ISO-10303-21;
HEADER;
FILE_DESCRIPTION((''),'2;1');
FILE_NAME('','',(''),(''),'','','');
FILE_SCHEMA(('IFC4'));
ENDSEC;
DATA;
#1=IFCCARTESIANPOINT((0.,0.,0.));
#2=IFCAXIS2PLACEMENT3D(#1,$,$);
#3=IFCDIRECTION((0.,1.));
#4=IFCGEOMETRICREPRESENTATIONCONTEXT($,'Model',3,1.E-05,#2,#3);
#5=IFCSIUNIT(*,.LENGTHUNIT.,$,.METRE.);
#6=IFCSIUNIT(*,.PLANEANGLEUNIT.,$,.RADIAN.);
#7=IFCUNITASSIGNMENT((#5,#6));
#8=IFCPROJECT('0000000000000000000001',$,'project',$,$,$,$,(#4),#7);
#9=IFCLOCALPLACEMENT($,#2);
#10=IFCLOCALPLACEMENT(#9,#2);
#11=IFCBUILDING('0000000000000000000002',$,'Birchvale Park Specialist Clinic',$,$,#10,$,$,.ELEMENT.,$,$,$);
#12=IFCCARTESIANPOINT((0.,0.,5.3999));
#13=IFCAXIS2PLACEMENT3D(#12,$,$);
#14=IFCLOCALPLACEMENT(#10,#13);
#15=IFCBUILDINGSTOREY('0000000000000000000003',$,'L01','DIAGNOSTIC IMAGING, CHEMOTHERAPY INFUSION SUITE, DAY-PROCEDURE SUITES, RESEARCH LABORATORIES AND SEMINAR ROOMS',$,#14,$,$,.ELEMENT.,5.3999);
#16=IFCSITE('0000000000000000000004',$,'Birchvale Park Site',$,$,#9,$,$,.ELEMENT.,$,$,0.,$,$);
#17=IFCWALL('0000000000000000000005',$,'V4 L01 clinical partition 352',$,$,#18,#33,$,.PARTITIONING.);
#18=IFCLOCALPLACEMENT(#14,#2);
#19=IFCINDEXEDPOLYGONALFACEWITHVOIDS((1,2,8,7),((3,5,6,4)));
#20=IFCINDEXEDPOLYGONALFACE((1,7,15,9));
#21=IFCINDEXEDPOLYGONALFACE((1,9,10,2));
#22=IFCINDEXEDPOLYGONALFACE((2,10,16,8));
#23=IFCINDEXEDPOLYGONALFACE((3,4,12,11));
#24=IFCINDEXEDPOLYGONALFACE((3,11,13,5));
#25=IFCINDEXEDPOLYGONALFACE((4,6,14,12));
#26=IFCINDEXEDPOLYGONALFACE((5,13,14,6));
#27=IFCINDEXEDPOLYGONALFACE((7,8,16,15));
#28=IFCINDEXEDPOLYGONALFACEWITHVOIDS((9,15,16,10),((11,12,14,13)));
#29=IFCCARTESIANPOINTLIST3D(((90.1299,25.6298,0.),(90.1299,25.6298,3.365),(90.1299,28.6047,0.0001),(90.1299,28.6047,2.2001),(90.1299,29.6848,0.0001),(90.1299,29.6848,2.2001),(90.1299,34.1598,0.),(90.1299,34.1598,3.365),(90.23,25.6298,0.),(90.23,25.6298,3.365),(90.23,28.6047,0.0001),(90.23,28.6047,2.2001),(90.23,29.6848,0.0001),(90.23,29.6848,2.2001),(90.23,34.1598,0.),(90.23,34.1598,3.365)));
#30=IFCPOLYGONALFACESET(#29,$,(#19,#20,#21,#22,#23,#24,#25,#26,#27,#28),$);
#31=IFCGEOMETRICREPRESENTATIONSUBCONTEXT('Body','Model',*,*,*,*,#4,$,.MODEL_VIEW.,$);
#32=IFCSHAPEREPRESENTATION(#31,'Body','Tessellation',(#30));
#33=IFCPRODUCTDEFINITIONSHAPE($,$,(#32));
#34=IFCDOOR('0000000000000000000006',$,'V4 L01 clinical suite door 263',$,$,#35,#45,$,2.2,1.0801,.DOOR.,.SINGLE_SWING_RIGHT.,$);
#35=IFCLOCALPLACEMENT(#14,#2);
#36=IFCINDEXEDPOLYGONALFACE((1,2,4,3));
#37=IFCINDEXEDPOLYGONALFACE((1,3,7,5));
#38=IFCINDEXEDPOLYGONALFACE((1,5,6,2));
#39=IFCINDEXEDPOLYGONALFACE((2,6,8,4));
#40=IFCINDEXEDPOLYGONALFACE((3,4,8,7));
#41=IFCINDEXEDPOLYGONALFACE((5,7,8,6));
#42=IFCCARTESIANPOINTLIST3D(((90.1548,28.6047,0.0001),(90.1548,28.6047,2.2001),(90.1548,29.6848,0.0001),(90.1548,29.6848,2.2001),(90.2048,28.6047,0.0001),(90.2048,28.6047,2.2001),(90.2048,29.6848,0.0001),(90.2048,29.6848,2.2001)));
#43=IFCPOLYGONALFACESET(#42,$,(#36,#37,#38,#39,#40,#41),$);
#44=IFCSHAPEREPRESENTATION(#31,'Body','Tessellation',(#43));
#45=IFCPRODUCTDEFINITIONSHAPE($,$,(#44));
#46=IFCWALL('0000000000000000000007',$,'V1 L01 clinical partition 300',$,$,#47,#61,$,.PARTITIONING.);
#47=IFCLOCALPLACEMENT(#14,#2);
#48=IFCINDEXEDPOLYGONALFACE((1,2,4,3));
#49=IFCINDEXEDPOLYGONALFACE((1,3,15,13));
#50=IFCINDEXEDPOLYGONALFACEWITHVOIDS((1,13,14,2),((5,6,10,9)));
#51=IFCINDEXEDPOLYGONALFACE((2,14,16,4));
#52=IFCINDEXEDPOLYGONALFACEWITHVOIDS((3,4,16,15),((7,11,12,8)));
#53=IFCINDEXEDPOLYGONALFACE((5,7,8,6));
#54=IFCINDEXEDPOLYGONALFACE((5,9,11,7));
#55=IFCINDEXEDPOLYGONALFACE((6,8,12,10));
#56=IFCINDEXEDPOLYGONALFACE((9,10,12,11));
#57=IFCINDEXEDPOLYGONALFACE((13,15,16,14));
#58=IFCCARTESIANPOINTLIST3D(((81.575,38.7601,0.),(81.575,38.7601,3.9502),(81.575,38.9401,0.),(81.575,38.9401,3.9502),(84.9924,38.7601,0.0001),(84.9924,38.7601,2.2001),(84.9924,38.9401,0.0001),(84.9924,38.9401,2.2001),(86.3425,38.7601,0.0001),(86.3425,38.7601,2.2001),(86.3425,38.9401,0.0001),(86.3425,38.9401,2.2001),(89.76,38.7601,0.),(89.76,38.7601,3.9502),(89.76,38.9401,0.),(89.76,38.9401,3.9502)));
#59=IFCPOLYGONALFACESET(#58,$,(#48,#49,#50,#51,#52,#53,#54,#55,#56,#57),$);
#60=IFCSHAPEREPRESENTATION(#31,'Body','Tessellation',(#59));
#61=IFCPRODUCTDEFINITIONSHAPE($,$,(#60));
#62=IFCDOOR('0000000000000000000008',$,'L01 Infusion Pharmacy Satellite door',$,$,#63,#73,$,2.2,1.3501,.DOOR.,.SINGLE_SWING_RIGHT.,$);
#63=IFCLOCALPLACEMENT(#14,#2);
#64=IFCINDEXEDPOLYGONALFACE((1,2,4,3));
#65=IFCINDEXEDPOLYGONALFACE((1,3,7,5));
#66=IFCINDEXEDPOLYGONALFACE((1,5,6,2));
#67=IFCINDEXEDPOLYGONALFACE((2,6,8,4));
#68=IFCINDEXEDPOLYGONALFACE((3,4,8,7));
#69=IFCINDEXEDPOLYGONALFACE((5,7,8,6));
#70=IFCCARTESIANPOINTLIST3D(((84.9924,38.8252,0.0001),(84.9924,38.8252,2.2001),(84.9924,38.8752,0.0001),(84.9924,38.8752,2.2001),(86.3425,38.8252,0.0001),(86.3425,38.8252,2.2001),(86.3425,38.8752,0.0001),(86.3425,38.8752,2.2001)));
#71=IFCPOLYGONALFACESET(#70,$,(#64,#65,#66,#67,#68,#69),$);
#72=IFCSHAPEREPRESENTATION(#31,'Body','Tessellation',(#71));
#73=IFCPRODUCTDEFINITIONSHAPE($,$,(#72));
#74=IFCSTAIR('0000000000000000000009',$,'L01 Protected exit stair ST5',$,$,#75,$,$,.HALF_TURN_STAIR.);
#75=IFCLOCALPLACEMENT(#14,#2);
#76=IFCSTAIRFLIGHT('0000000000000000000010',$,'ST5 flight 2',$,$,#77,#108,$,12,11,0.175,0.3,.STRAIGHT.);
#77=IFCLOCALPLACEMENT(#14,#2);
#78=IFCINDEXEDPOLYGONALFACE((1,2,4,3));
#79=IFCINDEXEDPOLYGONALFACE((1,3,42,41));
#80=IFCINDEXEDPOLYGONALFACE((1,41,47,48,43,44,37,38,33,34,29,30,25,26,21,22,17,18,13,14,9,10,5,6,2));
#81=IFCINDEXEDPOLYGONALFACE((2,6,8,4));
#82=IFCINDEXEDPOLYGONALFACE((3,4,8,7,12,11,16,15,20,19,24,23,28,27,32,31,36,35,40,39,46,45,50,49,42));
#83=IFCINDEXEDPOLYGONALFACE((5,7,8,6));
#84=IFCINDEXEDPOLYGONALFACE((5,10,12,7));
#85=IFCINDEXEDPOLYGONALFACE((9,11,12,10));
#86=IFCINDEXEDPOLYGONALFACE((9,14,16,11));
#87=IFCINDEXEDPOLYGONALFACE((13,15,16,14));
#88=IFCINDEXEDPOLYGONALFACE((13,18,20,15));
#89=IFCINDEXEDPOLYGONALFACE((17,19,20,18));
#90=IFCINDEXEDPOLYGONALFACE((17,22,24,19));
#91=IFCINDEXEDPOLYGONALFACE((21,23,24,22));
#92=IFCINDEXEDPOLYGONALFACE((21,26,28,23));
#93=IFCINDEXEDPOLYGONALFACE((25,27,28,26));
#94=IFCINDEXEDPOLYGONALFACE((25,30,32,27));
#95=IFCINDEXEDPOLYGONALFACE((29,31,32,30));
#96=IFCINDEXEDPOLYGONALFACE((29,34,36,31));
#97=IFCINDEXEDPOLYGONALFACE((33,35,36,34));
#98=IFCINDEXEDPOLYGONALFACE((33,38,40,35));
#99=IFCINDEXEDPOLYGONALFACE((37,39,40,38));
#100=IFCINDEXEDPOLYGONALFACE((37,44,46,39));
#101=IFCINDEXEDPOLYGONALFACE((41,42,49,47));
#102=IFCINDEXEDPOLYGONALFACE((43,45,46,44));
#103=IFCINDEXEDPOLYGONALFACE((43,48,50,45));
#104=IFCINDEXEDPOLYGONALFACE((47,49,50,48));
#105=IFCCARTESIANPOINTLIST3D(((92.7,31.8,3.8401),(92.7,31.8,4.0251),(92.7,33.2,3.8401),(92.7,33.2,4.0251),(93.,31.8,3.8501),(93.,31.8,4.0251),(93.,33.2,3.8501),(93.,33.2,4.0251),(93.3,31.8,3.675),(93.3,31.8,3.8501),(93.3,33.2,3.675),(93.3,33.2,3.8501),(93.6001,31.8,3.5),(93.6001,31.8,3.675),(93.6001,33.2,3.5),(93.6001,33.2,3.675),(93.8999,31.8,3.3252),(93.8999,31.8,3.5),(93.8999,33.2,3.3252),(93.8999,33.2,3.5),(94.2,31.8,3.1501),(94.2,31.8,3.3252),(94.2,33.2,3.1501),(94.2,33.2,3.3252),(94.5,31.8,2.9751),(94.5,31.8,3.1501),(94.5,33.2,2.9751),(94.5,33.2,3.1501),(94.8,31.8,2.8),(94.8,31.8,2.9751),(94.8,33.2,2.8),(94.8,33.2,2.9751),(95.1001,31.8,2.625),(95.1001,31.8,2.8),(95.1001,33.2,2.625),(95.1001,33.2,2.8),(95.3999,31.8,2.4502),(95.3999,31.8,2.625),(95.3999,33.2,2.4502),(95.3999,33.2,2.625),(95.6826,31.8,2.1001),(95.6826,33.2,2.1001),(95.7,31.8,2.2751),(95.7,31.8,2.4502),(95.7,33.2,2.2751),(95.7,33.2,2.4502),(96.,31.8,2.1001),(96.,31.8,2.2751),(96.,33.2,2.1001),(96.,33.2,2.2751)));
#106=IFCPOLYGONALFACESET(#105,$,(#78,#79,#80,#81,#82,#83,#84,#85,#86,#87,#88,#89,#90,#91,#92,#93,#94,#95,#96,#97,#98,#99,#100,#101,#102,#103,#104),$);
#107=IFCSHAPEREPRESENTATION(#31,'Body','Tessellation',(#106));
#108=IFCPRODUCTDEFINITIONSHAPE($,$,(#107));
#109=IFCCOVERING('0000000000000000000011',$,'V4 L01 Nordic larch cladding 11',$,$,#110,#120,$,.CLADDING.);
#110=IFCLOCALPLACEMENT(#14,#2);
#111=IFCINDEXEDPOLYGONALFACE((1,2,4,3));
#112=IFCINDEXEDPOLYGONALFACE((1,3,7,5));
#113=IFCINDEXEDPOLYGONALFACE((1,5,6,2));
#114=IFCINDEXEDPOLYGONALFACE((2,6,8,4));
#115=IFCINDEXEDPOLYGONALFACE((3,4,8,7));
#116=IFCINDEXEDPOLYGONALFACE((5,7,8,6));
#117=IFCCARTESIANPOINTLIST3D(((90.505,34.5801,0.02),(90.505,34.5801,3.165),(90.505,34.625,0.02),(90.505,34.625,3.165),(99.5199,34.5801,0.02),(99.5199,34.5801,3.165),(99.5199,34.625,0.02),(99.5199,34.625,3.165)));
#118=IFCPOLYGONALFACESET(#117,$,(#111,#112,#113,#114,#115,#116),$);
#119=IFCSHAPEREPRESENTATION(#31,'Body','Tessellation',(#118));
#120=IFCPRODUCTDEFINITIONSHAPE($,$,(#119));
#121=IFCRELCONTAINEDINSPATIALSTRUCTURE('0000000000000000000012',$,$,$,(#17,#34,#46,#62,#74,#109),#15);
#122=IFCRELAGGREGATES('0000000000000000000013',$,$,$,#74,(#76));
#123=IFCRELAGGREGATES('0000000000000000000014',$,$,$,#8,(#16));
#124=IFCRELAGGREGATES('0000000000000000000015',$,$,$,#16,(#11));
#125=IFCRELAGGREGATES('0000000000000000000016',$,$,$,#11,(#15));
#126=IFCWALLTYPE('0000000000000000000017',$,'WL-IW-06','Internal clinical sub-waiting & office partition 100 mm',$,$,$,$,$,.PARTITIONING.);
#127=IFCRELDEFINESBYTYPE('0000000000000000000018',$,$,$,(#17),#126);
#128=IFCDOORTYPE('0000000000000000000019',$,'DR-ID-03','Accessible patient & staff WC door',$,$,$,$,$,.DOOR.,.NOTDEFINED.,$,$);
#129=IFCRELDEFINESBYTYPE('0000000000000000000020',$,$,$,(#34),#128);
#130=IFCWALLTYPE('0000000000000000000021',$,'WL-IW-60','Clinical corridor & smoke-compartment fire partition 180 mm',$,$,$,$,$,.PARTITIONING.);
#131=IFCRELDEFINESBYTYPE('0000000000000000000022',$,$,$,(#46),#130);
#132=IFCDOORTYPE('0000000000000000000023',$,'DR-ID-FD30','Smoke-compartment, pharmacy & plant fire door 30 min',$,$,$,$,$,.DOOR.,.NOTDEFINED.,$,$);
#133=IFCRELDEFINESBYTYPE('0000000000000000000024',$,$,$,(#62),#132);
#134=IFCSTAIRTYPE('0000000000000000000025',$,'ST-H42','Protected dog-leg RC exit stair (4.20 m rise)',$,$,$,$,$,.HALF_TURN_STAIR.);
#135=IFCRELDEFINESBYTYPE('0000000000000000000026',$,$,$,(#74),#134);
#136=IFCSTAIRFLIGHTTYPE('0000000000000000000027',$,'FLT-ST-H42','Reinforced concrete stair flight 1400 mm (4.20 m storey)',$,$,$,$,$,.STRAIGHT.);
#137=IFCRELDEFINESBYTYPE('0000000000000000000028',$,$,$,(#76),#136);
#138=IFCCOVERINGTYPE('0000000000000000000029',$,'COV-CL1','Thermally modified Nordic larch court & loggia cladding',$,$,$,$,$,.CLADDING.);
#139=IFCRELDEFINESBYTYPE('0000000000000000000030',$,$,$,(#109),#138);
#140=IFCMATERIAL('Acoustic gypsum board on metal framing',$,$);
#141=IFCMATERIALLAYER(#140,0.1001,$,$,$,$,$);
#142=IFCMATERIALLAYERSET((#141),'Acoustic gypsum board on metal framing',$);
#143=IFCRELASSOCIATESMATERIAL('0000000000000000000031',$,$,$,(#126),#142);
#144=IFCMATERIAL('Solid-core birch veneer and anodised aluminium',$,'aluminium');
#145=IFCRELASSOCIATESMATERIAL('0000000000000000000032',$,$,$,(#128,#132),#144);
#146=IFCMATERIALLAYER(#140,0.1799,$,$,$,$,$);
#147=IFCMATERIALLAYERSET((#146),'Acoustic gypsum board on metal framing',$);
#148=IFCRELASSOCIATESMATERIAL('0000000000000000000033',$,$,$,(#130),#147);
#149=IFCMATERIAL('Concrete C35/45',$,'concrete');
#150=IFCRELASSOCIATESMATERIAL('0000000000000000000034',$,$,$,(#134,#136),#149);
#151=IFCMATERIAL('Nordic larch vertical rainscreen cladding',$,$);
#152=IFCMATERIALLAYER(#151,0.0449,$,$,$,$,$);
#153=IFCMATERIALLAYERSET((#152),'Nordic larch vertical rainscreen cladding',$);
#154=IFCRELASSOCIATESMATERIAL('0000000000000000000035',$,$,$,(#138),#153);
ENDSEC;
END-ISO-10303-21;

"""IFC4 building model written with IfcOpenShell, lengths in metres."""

from ifc_helpers import new_model, si_unit, direction, frame, frame_2d, origin, origin_2d, place, context, subcontext, project, spatial, polyline, rectangle, outline, extrude, material, layer, layer_set, type_object, element, fill, aggregate, save


model = new_model("IFC4")

# Units and contexts
model_context = context("Model", 3, precision=1e-05, world=origin(), true_north=direction((0.0, 1.0)))
body_context = subcontext(model_context, "Body", "Model", "MODEL_VIEW")
ifc_project = project(units=[si_unit("LENGTHUNIT", "METRE"), si_unit("PLANEANGLEUNIT", "RADIAN")], contexts=[model_context])

# Site, building, storey
site_placement = place(None, origin())
site = spatial("IfcSite", under=ifc_project, at=site_placement, Name="Birchvale Park Site", CompositionType="ELEMENT", RefElevation=0.0)
building_placement = place(site_placement, origin())
building = spatial("IfcBuilding", under=site, at=building_placement, Name="Birchvale Park Specialist Clinic", CompositionType="ELEMENT")
storey_placement = place(building_placement, frame((0.0, 0.0, 5.3999)))
storey = spatial("IfcBuildingStorey", under=building, at=storey_placement, Name="L01", Description="DIAGNOSTIC IMAGING, CHEMOTHERAPY INFUSION SUITE, DAY-PROCEDURE SUITES, RESEARCH LABORATORIES AND SEMINAR ROOMS", CompositionType="ELEMENT", Elevation=5.3999)

# Walls, openings, doors
ifc_material_1 = material(Name="Acoustic gypsum board on metal framing")
ifc_layer_1 = layer(ifc_material_1, 0.1001)
ifc_layer_set_1 = layer_set([ifc_layer_1], Name="Acoustic gypsum board on metal framing")
wall_type_1 = type_object("IfcWallType", Name="WL-IW-06", Description="Internal clinical sub-waiting & office partition 100 mm", PredefinedType="PARTITIONING", material=ifc_layer_set_1)
wall_1_placement = place(storey_placement, frame((90.1799, 34.1599, 0.0), z_axis=(0.0, 0.0, 1.0), x_axis=(0.0, -1.0, 0.0)))
wall_1 = element("IfcWall", 1, at=wall_1_placement, inside=storey, type_object=wall_type_1, Name="V4 L01 clinical partition 352", PredefinedType="PARTITIONING", context=body_context, shape_type="SweptSolid", body=[
    extrude(rectangle(XDim=8.53, YDim=0.1001, at=frame_2d((4.2651, 0.0))), origin(), (0.0, 0.0, 1.0), 3.365),
])
opening_1_placement = place(wall_1_placement, frame((4.4751, 0.0, 0.0)))
opening_1 = element("IfcOpeningElement", 2, at=opening_1_placement, cuts=wall_1, PredefinedType="OPENING", context=body_context, shape_type="SweptSolid", body=[
    extrude(rectangle(XDim=1.0801, YDim=2.2, at=frame_2d((0.54, 1.1001))), frame((0.0, 0.0601, 0.0), z_axis=(0.0, -1.0, 0.0), x_axis=(1.0, 0.0, 0.0)), (0.0, 0.0, 1.0), 0.1201),
])
ifc_material_2 = material(Name="Solid-core birch veneer and anodised aluminium", Category="aluminium")
door_type_1 = type_object("IfcDoorType", Name="DR-ID-03", Description="Accessible patient & staff WC door", OperationType="NOTDEFINED", PredefinedType="DOOR", material=ifc_material_2)
door_1_placement = place(opening_1_placement, origin())
door_1 = element("IfcDoor", 3, at=door_1_placement, inside=storey, type_object=door_type_1, Name="V4 L01 clinical suite door 263", OperationType="SINGLE_SWING_RIGHT", OverallHeight=2.2, OverallWidth=1.0801, PredefinedType="DOOR", context=body_context, shape_type="SweptSolid", body=[
    extrude(rectangle(XDim=1.0801, YDim=2.2, at=frame_2d((0.54, 1.1001))), frame((0.0, 0.0249, 0.0), z_axis=(0.0, -1.0, 0.0), x_axis=(1.0, 0.0, 0.0)), (0.0, 0.0, 1.0), 0.05),
])
fill(opening_1, door_1)
ifc_layer_2 = layer(ifc_material_1, 0.1799)
ifc_layer_set_2 = layer_set([ifc_layer_2], Name="Acoustic gypsum board on metal framing")
wall_type_2 = type_object("IfcWallType", Name="WL-IW-60", Description="Clinical corridor & smoke-compartment fire partition 180 mm", PredefinedType="PARTITIONING", material=ifc_layer_set_2)
wall_2_placement = place(storey_placement, frame((89.76, 38.8501, 0.0), z_axis=(0.0, 0.0, 1.0), x_axis=(-1.0, 0.0, 0.0)))
wall_2 = element("IfcWall", 4, at=wall_2_placement, inside=storey, type_object=wall_type_2, Name="V1 L01 clinical partition 300", PredefinedType="PARTITIONING", context=body_context, shape_type="SweptSolid", body=[
    extrude(rectangle(XDim=8.1851, YDim=0.1799, at=frame_2d((4.0925, 0.0))), origin(), (0.0, 0.0, 1.0), 3.9502),
])
opening_2_placement = place(wall_2_placement, frame((3.4175, 0.0, 0.0)))
opening_2 = element("IfcOpeningElement", 5, at=opening_2_placement, cuts=wall_2, PredefinedType="OPENING", context=body_context, shape_type="SweptSolid", body=[
    extrude(rectangle(XDim=1.3501, YDim=2.2, at=frame_2d((0.675, 1.1001))), frame((0.0, 0.1001, 0.0), z_axis=(0.0, -1.0, 0.0), x_axis=(1.0, 0.0, 0.0)), (0.0, 0.0, 1.0), 0.2),
])
door_type_2 = type_object("IfcDoorType", Name="DR-ID-FD30", Description="Smoke-compartment, pharmacy & plant fire door 30 min", OperationType="NOTDEFINED", PredefinedType="DOOR", material=ifc_material_2)
door_2_placement = place(opening_2_placement, origin())
door_2 = element("IfcDoor", 6, at=door_2_placement, inside=storey, type_object=door_type_2, Name="L01 Infusion Pharmacy Satellite door", OperationType="SINGLE_SWING_RIGHT", OverallHeight=2.2, OverallWidth=1.3501, PredefinedType="DOOR", context=body_context, shape_type="SweptSolid", body=[
    extrude(rectangle(XDim=1.3501, YDim=2.2, at=frame_2d((0.675, 1.1001))), frame((0.0, 0.0249, 0.0), z_axis=(0.0, -1.0, 0.0), x_axis=(1.0, 0.0, 0.0)), (0.0, 0.0, 1.0), 0.05),
])
fill(opening_2, door_2)

# Stair, stair flight
ifc_material_3 = material(Name="Concrete C35/45", Category="concrete")
stair_type = type_object("IfcStairType", Name="ST-H42", Description="Protected dog-leg RC exit stair (4.20 m rise)", PredefinedType="HALF_TURN_STAIR", material=ifc_material_3)
stair_placement = place(storey_placement, origin())
stair = element("IfcStair", 7, at=stair_placement, inside=storey, type_object=stair_type, Name="L01 Protected exit stair ST5", PredefinedType="HALF_TURN_STAIR")
stair_flight_type = type_object("IfcStairFlightType", Name="FLT-ST-H42", Description="Reinforced concrete stair flight 1400 mm (4.20 m storey)", PredefinedType="STRAIGHT", material=ifc_material_3)
stair_flight_placement = place(storey_placement, frame((96.0, 32.5, 2.1001), z_axis=(0.0, 0.0, 1.0), x_axis=(-1.0, 0.0, 0.0)))
stair_flight = element("IfcStairFlight", 8, at=stair_flight_placement, type_object=stair_flight_type, Name="ST5 flight 2", NumberOfRisers=12, NumberOfTreads=11, PredefinedType="STRAIGHT", RiserHeight=0.175, TreadLength=0.3, context=body_context, shape_type="SweptSolid", body=[
    extrude(outline(polyline([(0.0, 0.0), (0.0, 0.175), (0.3, 0.175), (0.3, 0.3501), (0.6001, 0.3501), (0.6001, 0.5249), (0.8999, 0.5249), (0.8999, 0.7), (1.2, 0.7), (1.2, 0.875), (1.5, 0.875), (1.5, 1.05), (1.8, 1.05), (1.8, 1.2251), (2.1001, 1.2251), (2.1001, 1.3999), (2.3999, 1.3999), (2.3999, 1.575), (2.7, 1.575), (2.7, 1.75), (3.0, 1.75), (3.0, 1.925), (3.3, 1.925), (3.3, 2.1001), (3.3, 1.74), (0.3174, 0.0), (0.0, 0.0)])), frame((0.0, 0.7, 0.0), z_axis=(0.0, -1.0, 0.0), x_axis=(1.0, 0.0, 0.0)), (0.0, 0.0, 1.0), 1.3999),
])
aggregate(stair, [stair_flight])

# Covering
ifc_material_4 = material(Name="Nordic larch vertical rainscreen cladding")
ifc_layer_3 = layer(ifc_material_4, 0.0449)
ifc_layer_set_3 = layer_set([ifc_layer_3], Name="Nordic larch vertical rainscreen cladding")
covering_type = type_object("IfcCoveringType", Name="COV-CL1", Description="Thermally modified Nordic larch court & loggia cladding", PredefinedType="CLADDING", material=ifc_layer_set_3)
covering_placement = place(storey_placement, frame((95.0125, 34.6025, 0.02), z_axis=(0.0, 0.0, 1.0), x_axis=(-1.0, 0.0, 0.0)))
element("IfcCovering", 9, at=covering_placement, inside=storey, type_object=covering_type, Name="V4 L01 Nordic larch cladding 11", PredefinedType="CLADDING", context=body_context, shape_type="SweptSolid", body=[
    extrude(rectangle(XDim=9.0149, YDim=0.0449, at=origin_2d()), origin(), (0.0, 0.0, 1.0), 3.145),
])

save(model, "model.ifc")
